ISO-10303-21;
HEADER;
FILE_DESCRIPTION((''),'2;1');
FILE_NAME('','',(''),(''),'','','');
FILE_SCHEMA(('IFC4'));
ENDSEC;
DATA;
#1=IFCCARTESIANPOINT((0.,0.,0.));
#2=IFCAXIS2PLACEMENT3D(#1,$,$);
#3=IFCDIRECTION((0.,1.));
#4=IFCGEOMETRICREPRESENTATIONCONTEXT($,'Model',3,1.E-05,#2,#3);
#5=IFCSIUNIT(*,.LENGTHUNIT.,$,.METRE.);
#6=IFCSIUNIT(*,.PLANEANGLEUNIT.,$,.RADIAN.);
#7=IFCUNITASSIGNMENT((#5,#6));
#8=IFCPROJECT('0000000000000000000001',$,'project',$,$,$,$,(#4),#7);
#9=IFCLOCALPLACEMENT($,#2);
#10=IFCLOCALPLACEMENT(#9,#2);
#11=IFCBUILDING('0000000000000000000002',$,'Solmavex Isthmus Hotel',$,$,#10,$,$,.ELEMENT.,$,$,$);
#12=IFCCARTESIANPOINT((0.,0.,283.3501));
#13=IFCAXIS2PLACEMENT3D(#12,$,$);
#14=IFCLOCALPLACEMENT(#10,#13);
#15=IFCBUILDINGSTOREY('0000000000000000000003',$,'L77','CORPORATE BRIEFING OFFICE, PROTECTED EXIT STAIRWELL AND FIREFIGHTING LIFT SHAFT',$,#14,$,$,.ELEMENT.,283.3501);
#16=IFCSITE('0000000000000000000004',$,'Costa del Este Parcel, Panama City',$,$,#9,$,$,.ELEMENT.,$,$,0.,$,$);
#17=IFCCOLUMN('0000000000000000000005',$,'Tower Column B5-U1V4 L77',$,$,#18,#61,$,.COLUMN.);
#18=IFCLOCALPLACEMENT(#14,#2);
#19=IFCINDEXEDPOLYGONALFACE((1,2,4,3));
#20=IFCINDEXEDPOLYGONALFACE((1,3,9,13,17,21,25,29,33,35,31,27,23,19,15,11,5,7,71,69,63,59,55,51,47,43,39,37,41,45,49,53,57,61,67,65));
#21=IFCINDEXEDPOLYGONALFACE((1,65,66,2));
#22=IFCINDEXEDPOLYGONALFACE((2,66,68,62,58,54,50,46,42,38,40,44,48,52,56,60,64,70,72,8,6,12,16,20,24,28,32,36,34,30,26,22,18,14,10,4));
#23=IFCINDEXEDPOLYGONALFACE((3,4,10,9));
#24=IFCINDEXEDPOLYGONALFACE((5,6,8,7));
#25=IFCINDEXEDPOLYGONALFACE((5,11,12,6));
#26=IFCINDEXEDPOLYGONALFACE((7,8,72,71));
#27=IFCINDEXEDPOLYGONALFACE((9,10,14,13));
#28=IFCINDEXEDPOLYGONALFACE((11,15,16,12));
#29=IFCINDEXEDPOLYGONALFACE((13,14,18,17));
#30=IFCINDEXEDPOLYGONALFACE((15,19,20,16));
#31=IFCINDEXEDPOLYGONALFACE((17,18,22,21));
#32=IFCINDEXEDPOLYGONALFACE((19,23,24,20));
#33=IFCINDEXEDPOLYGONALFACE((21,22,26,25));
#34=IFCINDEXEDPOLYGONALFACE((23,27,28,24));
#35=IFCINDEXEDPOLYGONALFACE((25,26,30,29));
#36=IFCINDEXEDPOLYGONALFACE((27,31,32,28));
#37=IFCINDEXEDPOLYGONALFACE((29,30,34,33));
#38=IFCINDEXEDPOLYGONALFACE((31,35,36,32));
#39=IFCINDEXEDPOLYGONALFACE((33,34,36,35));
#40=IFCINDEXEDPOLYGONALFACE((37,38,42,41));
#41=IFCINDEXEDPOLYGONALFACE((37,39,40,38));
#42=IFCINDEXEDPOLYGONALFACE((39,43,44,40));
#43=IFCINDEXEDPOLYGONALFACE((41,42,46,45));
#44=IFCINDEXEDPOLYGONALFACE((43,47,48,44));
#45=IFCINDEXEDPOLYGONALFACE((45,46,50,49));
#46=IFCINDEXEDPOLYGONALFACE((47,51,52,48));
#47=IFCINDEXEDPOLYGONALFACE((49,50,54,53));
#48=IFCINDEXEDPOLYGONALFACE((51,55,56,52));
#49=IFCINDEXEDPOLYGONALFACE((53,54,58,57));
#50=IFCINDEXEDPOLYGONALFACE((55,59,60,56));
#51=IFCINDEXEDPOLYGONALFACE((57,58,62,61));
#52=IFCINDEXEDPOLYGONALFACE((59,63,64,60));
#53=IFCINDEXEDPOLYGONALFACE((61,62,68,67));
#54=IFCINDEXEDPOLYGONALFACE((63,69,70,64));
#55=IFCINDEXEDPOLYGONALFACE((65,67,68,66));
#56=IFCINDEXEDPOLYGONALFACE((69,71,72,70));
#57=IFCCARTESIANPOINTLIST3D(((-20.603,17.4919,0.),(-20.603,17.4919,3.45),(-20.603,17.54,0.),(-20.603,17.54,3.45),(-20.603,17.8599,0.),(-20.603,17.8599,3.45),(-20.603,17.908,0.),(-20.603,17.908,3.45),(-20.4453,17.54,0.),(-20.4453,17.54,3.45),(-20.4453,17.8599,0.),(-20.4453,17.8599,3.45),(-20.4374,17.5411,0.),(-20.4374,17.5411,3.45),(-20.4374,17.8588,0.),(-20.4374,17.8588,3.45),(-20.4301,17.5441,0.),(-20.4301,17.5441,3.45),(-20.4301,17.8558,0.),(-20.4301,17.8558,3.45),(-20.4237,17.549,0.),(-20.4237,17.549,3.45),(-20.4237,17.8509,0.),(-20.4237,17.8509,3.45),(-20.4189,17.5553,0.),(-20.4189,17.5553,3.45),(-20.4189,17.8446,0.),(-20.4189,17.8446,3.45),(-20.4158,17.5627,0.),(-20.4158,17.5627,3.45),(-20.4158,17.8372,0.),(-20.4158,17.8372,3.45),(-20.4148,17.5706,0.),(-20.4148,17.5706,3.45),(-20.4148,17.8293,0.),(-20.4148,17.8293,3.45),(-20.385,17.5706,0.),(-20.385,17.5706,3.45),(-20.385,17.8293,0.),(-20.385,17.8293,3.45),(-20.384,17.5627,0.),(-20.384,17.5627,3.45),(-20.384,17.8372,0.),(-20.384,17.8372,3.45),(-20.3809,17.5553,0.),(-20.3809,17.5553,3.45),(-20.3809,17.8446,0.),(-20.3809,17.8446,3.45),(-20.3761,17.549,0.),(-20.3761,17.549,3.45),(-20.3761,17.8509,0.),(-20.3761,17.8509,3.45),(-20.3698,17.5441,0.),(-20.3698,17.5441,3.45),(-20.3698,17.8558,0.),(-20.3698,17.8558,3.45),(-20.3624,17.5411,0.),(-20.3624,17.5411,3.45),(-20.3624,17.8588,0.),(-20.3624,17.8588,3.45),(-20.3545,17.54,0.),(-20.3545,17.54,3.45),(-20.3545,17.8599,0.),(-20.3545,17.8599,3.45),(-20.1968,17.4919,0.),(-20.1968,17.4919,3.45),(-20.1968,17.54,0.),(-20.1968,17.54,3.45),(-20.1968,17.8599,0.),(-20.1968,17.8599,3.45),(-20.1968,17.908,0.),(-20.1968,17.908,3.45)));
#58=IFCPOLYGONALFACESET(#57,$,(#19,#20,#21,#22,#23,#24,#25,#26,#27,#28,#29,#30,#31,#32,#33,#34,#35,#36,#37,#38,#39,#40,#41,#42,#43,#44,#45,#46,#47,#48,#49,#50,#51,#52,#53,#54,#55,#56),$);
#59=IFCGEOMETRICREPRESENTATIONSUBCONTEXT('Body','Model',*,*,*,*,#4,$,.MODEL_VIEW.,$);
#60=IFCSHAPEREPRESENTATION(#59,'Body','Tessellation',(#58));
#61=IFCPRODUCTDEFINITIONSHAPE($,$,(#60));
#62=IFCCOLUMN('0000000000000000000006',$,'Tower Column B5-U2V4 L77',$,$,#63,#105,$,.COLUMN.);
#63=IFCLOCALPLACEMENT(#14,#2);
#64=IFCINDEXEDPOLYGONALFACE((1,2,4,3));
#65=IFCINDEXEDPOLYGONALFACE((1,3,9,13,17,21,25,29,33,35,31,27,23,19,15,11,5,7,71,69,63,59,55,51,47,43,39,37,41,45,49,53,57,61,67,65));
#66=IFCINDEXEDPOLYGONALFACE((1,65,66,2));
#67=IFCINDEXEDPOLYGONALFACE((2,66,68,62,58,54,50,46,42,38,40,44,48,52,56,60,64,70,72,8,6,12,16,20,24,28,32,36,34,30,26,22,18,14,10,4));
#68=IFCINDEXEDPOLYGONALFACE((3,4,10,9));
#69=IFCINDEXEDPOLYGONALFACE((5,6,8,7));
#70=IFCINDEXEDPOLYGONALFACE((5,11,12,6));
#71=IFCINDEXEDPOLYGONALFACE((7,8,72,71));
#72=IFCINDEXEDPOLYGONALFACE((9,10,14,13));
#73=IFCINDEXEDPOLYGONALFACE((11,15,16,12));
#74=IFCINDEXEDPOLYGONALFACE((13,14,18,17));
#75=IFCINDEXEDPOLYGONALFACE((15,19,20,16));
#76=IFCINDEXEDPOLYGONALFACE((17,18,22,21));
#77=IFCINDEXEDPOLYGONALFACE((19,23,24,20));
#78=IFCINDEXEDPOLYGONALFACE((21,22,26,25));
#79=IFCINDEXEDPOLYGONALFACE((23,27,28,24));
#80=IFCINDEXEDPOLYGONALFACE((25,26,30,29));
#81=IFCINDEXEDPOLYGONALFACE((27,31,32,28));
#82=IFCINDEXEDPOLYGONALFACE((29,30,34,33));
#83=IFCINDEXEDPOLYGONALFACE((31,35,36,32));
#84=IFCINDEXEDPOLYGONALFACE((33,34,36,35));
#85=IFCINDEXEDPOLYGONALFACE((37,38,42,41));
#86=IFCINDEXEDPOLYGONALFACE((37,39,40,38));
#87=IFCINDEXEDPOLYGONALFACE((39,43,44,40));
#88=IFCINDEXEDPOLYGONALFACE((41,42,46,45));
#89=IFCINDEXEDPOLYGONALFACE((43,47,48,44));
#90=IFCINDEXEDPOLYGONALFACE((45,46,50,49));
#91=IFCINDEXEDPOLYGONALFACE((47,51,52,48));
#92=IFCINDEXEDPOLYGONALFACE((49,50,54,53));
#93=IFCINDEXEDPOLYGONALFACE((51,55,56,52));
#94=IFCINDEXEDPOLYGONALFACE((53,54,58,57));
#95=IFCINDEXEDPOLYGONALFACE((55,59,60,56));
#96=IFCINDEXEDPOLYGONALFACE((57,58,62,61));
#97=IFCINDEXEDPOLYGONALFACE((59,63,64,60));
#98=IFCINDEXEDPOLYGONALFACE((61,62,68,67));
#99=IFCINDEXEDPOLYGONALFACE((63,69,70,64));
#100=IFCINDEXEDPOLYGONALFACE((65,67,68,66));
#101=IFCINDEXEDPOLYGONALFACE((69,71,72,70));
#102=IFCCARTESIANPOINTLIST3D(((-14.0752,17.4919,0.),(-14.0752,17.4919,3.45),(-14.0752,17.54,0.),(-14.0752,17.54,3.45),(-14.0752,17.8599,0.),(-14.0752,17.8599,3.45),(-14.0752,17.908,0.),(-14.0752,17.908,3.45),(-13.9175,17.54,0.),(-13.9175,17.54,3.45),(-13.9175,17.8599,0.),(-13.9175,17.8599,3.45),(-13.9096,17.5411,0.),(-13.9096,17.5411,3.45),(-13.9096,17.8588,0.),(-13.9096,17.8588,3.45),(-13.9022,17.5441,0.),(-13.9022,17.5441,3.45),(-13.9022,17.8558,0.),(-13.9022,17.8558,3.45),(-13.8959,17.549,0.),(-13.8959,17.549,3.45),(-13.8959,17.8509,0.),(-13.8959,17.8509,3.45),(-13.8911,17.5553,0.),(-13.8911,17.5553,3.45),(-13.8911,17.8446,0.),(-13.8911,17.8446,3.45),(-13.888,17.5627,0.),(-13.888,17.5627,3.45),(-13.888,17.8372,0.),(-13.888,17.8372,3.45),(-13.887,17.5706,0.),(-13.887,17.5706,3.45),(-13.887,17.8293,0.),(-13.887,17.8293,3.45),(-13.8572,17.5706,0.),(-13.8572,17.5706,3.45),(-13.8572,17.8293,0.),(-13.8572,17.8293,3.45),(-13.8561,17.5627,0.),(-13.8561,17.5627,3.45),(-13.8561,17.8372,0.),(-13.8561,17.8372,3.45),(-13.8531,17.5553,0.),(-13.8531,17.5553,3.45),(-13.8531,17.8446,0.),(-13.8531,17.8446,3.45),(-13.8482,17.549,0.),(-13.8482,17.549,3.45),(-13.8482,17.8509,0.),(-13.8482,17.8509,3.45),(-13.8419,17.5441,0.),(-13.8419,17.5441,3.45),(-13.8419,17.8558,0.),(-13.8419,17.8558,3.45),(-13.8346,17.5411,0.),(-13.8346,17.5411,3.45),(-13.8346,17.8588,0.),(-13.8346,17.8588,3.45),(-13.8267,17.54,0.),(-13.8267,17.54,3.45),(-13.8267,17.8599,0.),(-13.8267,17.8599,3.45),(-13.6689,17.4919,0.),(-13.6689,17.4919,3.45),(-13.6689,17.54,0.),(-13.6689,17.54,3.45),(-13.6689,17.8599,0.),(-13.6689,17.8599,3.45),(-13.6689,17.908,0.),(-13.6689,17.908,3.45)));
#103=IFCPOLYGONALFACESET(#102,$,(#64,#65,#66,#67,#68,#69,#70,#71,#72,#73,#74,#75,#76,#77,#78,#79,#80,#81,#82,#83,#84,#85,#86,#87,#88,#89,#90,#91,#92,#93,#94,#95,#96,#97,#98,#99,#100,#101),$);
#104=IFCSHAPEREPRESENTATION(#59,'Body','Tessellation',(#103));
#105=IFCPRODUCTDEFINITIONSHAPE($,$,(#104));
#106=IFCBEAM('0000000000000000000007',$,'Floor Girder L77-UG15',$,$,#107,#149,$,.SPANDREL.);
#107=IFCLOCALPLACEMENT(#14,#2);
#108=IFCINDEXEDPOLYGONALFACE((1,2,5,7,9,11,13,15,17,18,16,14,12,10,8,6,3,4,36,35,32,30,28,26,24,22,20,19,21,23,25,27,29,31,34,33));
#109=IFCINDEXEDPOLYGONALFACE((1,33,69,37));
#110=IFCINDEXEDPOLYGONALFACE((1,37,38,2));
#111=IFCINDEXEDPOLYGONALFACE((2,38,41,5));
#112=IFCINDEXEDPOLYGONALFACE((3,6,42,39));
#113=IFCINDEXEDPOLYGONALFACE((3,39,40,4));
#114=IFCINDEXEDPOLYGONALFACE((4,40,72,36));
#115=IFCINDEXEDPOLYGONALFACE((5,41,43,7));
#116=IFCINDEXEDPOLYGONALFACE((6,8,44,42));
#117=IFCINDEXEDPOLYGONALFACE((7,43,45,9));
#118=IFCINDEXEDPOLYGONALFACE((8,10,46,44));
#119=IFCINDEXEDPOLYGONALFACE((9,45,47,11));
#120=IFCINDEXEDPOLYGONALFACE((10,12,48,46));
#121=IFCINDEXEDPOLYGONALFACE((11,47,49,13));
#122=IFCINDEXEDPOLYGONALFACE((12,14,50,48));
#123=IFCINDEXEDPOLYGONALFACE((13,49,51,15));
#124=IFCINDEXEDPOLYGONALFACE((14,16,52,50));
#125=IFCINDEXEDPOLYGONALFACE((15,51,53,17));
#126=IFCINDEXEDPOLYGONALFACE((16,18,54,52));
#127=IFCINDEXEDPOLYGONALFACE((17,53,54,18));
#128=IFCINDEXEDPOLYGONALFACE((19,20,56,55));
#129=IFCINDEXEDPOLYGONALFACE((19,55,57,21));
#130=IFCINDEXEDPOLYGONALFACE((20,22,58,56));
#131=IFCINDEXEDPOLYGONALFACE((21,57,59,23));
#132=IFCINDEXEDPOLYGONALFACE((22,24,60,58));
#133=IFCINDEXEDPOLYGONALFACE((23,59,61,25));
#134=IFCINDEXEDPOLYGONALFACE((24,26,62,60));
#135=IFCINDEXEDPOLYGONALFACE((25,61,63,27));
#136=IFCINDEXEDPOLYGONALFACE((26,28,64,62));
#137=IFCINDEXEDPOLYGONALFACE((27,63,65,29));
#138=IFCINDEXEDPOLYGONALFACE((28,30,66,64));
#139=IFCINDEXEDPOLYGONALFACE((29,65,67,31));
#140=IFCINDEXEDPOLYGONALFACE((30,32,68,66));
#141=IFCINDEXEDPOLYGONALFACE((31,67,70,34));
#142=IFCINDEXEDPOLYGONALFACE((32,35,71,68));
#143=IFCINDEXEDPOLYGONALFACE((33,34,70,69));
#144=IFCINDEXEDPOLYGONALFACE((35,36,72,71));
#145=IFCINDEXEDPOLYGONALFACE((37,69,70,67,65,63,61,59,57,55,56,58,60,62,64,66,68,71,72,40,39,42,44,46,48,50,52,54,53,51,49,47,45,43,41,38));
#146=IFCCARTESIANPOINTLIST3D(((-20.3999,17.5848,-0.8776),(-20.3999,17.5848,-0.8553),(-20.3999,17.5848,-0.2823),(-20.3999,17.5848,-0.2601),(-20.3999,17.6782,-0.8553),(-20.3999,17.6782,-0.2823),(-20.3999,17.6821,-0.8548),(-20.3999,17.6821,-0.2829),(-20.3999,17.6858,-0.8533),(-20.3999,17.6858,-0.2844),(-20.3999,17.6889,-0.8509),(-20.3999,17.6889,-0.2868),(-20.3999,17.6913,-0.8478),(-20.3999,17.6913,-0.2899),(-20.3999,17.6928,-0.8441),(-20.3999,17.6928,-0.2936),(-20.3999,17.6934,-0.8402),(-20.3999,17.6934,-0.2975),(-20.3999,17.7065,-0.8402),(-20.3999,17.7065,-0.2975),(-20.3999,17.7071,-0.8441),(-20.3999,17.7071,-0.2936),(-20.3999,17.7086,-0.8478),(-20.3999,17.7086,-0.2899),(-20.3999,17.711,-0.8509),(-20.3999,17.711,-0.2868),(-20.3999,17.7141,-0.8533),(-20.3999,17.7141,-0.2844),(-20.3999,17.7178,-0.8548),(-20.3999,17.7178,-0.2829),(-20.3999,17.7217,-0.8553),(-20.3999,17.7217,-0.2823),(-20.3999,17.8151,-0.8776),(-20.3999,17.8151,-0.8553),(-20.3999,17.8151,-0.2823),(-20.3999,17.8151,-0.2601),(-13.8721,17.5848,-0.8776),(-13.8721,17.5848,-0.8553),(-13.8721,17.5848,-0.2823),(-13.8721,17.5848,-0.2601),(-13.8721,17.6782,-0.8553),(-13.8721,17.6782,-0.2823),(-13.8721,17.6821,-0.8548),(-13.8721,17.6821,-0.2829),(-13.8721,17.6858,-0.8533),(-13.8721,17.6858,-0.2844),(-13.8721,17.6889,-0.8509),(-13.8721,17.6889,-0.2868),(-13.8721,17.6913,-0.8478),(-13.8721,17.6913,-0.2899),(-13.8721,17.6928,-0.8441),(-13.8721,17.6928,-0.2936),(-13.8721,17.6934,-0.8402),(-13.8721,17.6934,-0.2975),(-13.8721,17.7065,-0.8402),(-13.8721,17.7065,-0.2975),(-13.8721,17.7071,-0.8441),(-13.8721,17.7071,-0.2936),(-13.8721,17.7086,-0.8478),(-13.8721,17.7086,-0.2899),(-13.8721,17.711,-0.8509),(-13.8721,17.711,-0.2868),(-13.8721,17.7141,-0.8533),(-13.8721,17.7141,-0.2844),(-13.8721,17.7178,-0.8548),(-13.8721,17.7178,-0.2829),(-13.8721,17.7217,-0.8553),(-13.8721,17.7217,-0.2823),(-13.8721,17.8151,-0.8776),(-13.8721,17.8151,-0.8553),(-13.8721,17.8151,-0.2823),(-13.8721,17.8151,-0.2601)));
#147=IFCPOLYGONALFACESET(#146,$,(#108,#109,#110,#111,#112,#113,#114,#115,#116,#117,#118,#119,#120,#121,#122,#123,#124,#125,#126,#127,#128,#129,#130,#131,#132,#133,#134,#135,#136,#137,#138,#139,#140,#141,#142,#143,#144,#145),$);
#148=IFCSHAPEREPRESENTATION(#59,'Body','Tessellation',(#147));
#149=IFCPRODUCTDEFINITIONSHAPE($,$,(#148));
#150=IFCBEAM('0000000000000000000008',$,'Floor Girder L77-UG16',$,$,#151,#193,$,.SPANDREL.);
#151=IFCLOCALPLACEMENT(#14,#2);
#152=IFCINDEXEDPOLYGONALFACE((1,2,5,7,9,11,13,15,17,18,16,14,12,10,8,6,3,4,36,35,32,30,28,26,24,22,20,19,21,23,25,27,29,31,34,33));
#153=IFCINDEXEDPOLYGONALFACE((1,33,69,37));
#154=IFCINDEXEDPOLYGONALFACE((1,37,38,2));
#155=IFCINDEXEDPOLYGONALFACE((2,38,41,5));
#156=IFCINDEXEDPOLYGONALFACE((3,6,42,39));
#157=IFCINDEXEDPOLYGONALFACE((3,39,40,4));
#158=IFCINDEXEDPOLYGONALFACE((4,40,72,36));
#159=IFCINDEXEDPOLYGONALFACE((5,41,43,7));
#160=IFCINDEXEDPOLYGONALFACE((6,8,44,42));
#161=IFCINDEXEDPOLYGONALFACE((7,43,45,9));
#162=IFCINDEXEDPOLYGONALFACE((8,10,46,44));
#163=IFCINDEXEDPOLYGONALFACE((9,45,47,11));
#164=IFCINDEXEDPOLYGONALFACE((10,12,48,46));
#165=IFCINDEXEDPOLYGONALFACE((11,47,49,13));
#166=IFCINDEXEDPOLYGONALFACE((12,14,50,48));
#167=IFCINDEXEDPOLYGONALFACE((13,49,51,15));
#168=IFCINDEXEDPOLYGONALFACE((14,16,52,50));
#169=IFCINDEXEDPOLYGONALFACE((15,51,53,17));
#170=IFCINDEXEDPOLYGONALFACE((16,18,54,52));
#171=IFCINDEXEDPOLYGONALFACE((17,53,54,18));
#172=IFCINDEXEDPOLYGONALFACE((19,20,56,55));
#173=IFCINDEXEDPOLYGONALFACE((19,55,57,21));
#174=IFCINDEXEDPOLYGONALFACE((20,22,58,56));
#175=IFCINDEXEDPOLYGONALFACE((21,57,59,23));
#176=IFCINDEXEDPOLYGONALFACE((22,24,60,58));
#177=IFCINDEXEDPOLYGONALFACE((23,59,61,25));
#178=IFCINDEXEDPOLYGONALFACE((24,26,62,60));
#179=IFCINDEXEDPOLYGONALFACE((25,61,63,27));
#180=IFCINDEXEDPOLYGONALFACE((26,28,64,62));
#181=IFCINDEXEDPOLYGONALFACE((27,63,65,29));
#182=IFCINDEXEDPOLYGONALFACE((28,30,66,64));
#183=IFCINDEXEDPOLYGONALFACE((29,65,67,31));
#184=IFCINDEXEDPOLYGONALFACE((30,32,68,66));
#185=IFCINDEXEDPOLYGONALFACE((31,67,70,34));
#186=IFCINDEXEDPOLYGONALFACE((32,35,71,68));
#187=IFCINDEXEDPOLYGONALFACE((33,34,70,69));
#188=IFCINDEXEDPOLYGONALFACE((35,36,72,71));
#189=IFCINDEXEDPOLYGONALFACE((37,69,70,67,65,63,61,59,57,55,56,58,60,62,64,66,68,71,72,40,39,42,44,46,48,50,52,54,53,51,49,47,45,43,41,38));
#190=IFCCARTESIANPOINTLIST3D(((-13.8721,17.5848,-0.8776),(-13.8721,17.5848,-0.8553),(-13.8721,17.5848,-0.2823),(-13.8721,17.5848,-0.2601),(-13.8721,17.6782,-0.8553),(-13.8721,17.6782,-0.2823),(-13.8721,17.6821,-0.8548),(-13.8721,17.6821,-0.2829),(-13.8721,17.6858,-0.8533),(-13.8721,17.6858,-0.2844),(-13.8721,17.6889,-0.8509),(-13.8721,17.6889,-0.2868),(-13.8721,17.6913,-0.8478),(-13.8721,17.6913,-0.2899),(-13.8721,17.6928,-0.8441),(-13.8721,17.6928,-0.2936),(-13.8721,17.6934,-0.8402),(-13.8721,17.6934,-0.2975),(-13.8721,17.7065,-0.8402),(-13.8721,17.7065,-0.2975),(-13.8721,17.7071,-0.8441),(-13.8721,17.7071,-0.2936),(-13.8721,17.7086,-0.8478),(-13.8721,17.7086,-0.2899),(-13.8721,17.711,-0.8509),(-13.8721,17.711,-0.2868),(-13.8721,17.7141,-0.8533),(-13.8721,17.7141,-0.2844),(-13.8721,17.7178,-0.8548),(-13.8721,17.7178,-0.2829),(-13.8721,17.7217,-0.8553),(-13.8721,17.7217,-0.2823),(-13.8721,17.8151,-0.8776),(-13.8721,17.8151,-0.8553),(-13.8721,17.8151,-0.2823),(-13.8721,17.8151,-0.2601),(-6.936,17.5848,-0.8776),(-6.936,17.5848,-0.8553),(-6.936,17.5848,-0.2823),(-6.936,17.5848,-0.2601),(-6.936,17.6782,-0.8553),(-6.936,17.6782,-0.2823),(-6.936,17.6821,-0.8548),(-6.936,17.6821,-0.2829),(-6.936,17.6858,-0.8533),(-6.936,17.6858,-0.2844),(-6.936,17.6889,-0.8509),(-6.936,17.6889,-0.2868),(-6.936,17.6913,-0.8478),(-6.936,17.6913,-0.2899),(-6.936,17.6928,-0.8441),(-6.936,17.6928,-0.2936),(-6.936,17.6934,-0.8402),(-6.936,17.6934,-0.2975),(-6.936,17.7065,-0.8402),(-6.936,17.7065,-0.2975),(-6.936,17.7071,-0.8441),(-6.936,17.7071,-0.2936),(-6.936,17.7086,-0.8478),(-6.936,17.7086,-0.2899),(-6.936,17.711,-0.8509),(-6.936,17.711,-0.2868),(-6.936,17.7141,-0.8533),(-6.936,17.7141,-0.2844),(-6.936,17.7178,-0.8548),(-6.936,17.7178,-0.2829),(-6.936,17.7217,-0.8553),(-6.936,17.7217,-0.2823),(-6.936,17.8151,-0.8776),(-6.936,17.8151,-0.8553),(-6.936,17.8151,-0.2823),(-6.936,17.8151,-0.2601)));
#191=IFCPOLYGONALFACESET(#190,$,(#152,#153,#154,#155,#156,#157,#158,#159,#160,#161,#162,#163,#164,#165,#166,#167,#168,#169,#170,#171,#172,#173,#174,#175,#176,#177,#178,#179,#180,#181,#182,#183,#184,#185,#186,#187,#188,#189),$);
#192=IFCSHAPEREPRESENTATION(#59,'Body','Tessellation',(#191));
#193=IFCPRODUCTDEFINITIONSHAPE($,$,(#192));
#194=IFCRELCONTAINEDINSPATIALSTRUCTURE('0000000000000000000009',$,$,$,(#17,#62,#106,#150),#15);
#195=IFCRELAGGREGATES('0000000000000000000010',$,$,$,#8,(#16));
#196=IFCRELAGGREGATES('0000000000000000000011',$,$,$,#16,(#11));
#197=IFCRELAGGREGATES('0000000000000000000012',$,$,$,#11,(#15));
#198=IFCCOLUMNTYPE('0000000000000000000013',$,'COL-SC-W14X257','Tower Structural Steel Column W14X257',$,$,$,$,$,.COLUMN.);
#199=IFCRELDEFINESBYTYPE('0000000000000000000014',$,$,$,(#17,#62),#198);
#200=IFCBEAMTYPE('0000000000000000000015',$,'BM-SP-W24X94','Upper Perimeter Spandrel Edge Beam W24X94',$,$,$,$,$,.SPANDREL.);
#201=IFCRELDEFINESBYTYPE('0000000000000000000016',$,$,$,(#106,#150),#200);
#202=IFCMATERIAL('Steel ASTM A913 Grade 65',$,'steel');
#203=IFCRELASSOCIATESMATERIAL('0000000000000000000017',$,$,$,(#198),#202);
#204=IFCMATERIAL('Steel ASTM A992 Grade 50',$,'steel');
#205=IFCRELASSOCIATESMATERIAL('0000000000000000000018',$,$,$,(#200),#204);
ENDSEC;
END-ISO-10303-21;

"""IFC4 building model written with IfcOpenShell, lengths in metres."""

from ifc_helpers import new_model, si_unit, direction, frame, origin, origin_2d, place, context, subcontext, project, spatial, i_section, extrude, material, material_profile, profile_set, type_object, element, save


model = new_model("IFC4")

# Units and contexts
model_context = context("Model", 3, precision=1e-05, world=origin(), true_north=direction((0.0, 1.0)))
body_context = subcontext(model_context, "Body", "Model", "MODEL_VIEW")
ifc_project = project(units=[si_unit("LENGTHUNIT", "METRE"), si_unit("PLANEANGLEUNIT", "RADIAN")], contexts=[model_context])

# Site, building, storey
site_placement = place(None, origin())
site = spatial("IfcSite", under=ifc_project, at=site_placement, Name="Costa del Este Parcel, Panama City", CompositionType="ELEMENT", RefElevation=0.0)
building_placement = place(site_placement, origin())
building = spatial("IfcBuilding", under=site, at=building_placement, Name="Solmavex Isthmus Hotel", CompositionType="ELEMENT")
storey_placement = place(building_placement, frame((0.0, 0.0, 283.3501)))
storey = spatial("IfcBuildingStorey", under=building, at=storey_placement, Name="L77", Description="CORPORATE BRIEFING OFFICE, PROTECTED EXIT STAIRWELL AND FIREFIGHTING LIFT SHAFT", CompositionType="ELEMENT", Elevation=283.3501)

# Columns
ifc_material_1 = material(Name="Steel ASTM A913 Grade 65", Category="steel")
ifc_material_profile_1 = material_profile(ifc_material_1, i_section(OverallWidth=0.4062, OverallDepth=0.416, WebThickness=0.0298, FlangeThickness=0.0481, FilletRadius=0.0305, at=origin_2d()), Name="W14X257")
ifc_profile_set_1 = profile_set([ifc_material_profile_1], Name="Steel ASTM A913 Grade 65")
column_type = type_object("IfcColumnType", Name="COL-SC-W14X257", Description="Tower Structural Steel Column W14X257", PredefinedType="COLUMN", material=ifc_profile_set_1)
for number, where, z_axis, x_axis, name in (
    (1, (-20.3999, 17.7, 0.0), (0.0, 0.0, 1.0), (1.0, 0.0, 0.0), "Tower Column B5-U1V4 L77"),
    (2, (-13.8721, 17.7, 0.0), (0.0, 0.0, 1.0), (1.0, 0.0, 0.0), "Tower Column B5-U2V4 L77"),
):
    element("IfcColumn", number, at=place(storey_placement, frame(where, z_axis=z_axis, x_axis=x_axis)), inside=storey, type_object=column_type, Name=name, PredefinedType="COLUMN", context=body_context, shape_type="SweptSolid", body=[
        extrude(i_section(OverallWidth=0.4062, OverallDepth=0.416, WebThickness=0.0298, FlangeThickness=0.0481, FilletRadius=0.0305, at=origin_2d()), origin(), (0.0, 0.0, 1.0), 3.45),
    ])

# Beams
ifc_material_2 = material(Name="Steel ASTM A992 Grade 50", Category="steel")
ifc_material_profile_2 = material_profile(ifc_material_2, i_section(OverallWidth=0.2302, OverallDepth=0.6174, WebThickness=0.0132, FlangeThickness=0.0222, FilletRadius=0.0151, at=origin_2d()), Name="W24X94")
ifc_profile_set_2 = profile_set([ifc_material_profile_2], Name="Steel ASTM A992 Grade 50")
beam_type = type_object("IfcBeamType", Name="BM-SP-W24X94", Description="Upper Perimeter Spandrel Edge Beam W24X94", PredefinedType="SPANDREL", material=ifc_profile_set_2)
beam_1_placement = place(storey_placement, frame((-20.3999, 17.7, -0.5688), z_axis=(1.0, 0.0, 0.0), x_axis=(0.0, 1.0, 0.0)))
element("IfcBeam", 3, at=beam_1_placement, inside=storey, type_object=beam_type, Name="Floor Girder L77-UG15", PredefinedType="SPANDREL", context=body_context, shape_type="SweptSolid", body=[
    extrude(i_section(OverallWidth=0.2302, OverallDepth=0.6174, WebThickness=0.0132, FlangeThickness=0.0222, FilletRadius=0.0151, at=origin_2d()), origin(), (0.0, 0.0, 1.0), 6.5278),
])
beam_2_placement = place(storey_placement, frame((-13.8721, 17.7, -0.5688), z_axis=(1.0, 0.0, 0.0), x_axis=(0.0, 1.0, 0.0)))
element("IfcBeam", 4, at=beam_2_placement, inside=storey, type_object=beam_type, Name="Floor Girder L77-UG16", PredefinedType="SPANDREL", context=body_context, shape_type="SweptSolid", body=[
    extrude(i_section(OverallWidth=0.2302, OverallDepth=0.6174, WebThickness=0.0132, FlangeThickness=0.0222, FilletRadius=0.0151, at=origin_2d()), origin(), (0.0, 0.0, 1.0), 6.936),
])

save(model, "model.ifc")
